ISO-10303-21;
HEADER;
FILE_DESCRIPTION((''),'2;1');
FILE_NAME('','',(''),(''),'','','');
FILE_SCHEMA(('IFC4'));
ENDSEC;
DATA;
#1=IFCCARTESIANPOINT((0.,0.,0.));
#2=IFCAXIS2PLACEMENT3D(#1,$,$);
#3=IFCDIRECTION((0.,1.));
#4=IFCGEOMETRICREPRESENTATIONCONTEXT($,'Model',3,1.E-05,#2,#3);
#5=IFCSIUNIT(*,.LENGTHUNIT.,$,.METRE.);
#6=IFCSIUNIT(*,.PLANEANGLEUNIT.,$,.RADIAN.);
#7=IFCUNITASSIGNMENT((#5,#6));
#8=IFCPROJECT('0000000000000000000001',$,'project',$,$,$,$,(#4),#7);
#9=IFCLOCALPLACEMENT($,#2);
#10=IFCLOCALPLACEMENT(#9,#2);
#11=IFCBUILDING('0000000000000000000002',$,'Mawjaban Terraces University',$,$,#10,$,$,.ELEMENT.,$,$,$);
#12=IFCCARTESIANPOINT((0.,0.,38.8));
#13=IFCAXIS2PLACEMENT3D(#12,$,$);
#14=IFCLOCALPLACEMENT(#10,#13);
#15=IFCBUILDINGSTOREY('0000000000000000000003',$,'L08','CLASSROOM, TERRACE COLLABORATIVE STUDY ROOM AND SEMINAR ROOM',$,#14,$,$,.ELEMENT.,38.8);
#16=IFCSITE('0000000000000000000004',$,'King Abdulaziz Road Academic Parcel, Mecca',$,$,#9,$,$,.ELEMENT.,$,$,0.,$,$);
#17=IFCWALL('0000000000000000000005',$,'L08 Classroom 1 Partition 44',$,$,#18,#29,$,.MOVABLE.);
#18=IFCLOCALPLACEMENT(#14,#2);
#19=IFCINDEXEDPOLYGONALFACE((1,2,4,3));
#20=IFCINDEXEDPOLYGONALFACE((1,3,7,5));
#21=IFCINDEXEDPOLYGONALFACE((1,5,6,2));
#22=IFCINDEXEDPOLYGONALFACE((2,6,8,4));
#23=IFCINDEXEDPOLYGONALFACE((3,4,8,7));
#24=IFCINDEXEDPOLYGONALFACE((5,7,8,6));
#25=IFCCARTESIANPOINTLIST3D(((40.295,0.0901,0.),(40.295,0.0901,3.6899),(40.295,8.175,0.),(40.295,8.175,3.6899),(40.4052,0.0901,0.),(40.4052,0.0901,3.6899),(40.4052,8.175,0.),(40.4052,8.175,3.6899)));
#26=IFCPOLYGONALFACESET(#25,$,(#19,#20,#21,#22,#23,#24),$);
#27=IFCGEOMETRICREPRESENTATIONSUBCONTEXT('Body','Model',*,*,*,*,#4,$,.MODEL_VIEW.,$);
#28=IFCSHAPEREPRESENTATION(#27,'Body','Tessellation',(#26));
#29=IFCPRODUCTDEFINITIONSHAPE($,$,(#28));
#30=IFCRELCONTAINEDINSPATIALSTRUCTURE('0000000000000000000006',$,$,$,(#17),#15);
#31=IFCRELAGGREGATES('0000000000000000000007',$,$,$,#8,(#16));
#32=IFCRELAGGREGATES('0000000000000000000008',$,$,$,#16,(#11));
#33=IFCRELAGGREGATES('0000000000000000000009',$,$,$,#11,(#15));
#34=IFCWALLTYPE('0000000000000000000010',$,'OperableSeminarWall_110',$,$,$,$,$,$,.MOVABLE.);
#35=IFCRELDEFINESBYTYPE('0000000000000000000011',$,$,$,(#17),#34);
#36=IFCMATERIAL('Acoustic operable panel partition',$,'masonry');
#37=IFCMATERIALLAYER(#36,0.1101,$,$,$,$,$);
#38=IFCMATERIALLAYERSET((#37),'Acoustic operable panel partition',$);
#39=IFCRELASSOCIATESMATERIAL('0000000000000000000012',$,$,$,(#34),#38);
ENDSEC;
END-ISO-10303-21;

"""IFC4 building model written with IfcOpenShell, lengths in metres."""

from ifc_helpers import new_model, si_unit, direction, frame, frame_2d, origin, place, context, subcontext, project, spatial, rectangle, extrude, material, layer, layer_set, type_object, element, save


model = new_model("IFC4")

# Units and contexts
model_context = context("Model", 3, precision=1e-05, world=origin(), true_north=direction((0.0, 1.0)))
body_context = subcontext(model_context, "Body", "Model", "MODEL_VIEW")
ifc_project = project(units=[si_unit("LENGTHUNIT", "METRE"), si_unit("PLANEANGLEUNIT", "RADIAN")], contexts=[model_context])

# Site, building, storey
site_placement = place(None, origin())
site = spatial("IfcSite", under=ifc_project, at=site_placement, Name="King Abdulaziz Road Academic Parcel, Mecca", CompositionType="ELEMENT", RefElevation=0.0)
building_placement = place(site_placement, origin())
building = spatial("IfcBuilding", under=site, at=building_placement, Name="Mawjaban Terraces University", CompositionType="ELEMENT")
storey_placement = place(building_placement, frame((0.0, 0.0, 38.8)))
storey = spatial("IfcBuildingStorey", under=building, at=storey_placement, Name="L08", Description="CLASSROOM, TERRACE COLLABORATIVE STUDY ROOM AND SEMINAR ROOM", CompositionType="ELEMENT", Elevation=38.8)

# Wall
ifc_material_1 = material(Name="Acoustic operable panel partition", Category="masonry")
ifc_layer_1 = layer(ifc_material_1, 0.1101)
ifc_layer_set_1 = layer_set([ifc_layer_1], Name="Acoustic operable panel partition")
wall_type_1 = type_object("IfcWallType", Name="OperableSeminarWall_110", PredefinedType="MOVABLE", material=ifc_layer_set_1)
wall_1_placement = place(storey_placement, frame((40.3501, 0.0901, 0.0), z_axis=(0.0, 0.0, 1.0), x_axis=(0.0, 1.0, 0.0)))
element("IfcWall", 1, at=wall_1_placement, inside=storey, type_object=wall_type_1, Name="L08 Classroom 1 Partition 44", PredefinedType="MOVABLE", context=body_context, shape_type="SweptSolid", body=[
    extrude(rectangle(XDim=8.085, YDim=0.1101, at=frame_2d((4.0425, 0.0))), origin(), (0.0, 0.0, 1.0), 3.6899),
])

save(model, "model.ifc")
